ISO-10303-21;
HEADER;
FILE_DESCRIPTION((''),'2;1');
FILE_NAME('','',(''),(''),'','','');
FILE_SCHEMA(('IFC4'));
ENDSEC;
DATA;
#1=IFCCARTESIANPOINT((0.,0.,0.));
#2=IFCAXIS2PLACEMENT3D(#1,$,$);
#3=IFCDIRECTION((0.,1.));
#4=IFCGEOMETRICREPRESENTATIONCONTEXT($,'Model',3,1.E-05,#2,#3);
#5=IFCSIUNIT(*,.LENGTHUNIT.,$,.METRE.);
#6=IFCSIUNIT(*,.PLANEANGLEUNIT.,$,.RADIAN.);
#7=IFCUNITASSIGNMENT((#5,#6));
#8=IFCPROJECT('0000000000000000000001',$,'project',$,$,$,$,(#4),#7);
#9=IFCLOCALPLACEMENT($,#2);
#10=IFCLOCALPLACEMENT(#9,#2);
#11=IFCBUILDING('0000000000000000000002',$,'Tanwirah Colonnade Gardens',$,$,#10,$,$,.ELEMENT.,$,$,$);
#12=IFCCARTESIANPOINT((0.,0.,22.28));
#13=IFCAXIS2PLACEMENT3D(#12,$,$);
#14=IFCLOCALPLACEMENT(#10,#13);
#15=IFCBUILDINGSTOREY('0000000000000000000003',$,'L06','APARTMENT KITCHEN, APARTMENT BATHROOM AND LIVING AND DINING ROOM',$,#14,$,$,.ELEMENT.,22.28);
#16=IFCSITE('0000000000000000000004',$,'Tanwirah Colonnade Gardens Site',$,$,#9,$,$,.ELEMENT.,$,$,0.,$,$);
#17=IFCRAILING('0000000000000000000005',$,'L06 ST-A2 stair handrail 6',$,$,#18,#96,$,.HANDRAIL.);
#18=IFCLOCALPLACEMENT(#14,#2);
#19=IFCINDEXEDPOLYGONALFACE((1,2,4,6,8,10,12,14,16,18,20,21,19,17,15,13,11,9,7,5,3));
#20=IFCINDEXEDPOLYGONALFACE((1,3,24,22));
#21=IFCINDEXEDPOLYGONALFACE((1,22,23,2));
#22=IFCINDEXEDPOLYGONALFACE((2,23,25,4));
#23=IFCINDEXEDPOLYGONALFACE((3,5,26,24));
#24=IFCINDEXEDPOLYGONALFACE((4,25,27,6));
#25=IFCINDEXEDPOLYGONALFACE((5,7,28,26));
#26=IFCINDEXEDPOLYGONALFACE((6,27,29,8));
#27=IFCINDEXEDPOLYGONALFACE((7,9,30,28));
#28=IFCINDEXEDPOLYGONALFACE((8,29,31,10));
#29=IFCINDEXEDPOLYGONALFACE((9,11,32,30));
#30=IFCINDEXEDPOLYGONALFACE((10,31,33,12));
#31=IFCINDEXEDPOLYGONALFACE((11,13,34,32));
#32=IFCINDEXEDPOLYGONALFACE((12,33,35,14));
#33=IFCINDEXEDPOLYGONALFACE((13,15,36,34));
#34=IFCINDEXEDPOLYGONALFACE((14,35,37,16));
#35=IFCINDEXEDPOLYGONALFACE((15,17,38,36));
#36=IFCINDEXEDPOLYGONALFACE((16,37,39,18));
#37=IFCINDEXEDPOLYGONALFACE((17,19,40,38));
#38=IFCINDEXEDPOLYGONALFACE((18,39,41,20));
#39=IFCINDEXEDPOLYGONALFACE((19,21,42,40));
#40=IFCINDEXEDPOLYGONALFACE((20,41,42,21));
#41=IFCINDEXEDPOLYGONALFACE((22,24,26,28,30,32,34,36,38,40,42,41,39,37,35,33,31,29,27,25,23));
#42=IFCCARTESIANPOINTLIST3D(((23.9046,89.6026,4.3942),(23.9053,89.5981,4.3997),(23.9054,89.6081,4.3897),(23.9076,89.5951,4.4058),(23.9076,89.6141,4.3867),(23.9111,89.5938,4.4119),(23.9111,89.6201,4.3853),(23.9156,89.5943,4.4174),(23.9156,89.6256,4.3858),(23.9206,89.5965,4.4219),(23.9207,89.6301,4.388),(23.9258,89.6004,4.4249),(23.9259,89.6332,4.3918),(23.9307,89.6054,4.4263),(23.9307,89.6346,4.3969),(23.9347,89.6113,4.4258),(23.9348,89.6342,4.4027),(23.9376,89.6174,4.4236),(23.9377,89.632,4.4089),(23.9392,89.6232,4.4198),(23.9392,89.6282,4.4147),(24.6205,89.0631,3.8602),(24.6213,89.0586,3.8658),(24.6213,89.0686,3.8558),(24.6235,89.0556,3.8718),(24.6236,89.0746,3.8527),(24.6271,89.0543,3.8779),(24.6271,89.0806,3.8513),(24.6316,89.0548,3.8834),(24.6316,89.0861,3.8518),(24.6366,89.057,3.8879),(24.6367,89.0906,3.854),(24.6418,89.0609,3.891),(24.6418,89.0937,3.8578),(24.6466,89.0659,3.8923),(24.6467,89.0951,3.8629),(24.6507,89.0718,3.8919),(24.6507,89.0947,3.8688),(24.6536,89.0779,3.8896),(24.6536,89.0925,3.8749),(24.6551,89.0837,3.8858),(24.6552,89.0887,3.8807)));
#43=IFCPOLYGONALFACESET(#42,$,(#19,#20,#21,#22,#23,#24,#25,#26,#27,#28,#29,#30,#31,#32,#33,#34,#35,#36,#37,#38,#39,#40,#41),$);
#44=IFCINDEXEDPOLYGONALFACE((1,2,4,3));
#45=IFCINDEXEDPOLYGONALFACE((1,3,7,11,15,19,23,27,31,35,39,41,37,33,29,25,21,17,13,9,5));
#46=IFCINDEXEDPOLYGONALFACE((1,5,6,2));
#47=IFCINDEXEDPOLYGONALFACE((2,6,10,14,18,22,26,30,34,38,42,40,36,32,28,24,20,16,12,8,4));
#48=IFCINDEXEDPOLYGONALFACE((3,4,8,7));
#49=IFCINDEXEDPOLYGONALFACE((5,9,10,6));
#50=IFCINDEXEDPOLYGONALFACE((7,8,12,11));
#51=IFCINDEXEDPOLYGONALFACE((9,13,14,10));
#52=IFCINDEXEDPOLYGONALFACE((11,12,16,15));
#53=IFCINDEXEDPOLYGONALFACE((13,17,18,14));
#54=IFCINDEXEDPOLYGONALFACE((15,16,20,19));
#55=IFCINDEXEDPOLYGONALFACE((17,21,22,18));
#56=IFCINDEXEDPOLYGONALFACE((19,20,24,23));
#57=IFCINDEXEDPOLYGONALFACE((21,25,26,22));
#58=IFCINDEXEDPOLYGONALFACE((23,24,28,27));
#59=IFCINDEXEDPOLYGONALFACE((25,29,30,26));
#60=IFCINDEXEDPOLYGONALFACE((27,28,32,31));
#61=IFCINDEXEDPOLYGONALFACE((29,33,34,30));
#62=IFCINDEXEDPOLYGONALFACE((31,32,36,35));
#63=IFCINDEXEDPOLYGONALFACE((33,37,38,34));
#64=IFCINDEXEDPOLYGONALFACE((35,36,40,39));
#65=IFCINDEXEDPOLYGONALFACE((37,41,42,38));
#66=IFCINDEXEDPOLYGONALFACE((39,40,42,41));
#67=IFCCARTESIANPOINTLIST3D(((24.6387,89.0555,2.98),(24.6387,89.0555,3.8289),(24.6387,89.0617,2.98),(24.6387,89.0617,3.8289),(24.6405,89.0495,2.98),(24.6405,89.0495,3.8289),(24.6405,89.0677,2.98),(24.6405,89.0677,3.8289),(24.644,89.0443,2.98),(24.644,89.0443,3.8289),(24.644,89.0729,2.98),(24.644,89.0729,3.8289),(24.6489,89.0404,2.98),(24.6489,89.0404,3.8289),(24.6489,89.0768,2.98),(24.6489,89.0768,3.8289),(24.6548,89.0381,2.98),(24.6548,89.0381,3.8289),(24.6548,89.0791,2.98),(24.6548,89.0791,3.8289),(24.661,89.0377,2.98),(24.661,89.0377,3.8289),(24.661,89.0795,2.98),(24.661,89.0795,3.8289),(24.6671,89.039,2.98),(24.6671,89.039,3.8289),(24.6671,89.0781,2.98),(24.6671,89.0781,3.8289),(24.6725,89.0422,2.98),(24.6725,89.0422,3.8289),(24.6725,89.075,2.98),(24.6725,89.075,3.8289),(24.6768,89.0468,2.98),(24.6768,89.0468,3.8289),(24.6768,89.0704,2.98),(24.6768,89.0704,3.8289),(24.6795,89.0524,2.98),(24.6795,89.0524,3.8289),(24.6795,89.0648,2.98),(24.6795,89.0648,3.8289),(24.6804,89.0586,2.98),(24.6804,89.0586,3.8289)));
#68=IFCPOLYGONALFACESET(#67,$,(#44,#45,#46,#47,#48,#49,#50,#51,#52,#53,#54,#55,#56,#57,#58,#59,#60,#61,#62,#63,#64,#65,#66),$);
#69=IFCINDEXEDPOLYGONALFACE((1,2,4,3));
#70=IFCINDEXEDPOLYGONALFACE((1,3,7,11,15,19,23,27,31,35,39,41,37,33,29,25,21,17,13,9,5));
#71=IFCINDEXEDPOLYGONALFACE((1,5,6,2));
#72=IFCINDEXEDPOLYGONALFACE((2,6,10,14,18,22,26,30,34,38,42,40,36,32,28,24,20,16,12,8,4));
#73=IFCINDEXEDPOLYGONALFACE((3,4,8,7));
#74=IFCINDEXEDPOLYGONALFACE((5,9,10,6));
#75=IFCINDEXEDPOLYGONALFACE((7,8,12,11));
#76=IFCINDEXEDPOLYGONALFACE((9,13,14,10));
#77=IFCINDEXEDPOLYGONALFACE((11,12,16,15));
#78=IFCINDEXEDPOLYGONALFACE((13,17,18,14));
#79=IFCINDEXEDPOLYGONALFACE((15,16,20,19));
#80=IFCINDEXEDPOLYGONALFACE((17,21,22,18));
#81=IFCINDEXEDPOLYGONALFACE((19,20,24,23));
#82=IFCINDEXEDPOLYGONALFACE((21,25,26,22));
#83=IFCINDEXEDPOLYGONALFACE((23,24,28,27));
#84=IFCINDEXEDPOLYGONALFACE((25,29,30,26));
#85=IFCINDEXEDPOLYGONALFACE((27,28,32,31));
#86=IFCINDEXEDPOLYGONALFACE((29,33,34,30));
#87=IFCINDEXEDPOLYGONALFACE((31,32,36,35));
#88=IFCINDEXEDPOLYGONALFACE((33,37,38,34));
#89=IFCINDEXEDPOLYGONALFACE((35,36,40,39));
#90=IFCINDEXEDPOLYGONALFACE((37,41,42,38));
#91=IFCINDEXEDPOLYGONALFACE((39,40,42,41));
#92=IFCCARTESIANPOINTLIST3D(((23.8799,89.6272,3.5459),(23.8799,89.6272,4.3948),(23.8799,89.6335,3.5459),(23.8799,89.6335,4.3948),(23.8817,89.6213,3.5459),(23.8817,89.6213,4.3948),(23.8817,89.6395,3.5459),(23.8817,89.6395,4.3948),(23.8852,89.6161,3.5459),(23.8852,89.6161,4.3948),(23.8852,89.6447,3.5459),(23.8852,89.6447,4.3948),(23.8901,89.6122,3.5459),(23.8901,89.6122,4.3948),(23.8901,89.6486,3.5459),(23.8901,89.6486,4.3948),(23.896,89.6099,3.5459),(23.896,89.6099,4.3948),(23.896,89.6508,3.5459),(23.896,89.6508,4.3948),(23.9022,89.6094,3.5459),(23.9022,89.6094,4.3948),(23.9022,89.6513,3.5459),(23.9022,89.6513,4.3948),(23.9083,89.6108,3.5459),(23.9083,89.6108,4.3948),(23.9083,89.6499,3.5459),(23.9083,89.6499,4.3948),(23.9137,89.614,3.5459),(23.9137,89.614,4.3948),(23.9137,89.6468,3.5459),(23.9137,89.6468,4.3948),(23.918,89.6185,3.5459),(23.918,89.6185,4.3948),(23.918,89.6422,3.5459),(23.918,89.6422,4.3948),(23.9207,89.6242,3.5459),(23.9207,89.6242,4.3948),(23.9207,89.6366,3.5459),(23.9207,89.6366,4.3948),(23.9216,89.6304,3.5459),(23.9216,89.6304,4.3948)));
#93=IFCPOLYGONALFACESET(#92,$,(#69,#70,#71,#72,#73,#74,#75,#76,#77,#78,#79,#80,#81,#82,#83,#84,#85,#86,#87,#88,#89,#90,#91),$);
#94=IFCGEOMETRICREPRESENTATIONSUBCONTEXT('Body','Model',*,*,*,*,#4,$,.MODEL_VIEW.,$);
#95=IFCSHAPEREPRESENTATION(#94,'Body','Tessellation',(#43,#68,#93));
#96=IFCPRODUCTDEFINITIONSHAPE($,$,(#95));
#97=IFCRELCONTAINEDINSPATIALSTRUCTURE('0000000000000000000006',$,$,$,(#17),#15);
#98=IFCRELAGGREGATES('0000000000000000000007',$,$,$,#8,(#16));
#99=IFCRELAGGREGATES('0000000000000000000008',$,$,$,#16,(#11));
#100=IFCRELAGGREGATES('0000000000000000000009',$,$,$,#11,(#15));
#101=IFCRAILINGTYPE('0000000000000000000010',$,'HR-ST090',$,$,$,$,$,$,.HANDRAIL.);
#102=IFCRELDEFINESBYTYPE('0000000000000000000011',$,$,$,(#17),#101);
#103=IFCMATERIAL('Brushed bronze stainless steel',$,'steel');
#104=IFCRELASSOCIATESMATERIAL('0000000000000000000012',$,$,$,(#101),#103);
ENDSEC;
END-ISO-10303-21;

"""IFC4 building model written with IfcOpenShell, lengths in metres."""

from ifc_helpers import new_model, si_unit, direction, frame, origin, origin_2d, place, context, subcontext, project, spatial, circle, extrude, material, type_object, element, save


model = new_model("IFC4")

# Units and contexts
model_context = context("Model", 3, precision=1e-05, world=origin(), true_north=direction((0.0, 1.0)))
body_context = subcontext(model_context, "Body", "Model", "MODEL_VIEW")
ifc_project = project(units=[si_unit("LENGTHUNIT", "METRE"), si_unit("PLANEANGLEUNIT", "RADIAN")], contexts=[model_context])

# Site, building, storey
site_placement = place(None, origin())
site = spatial("IfcSite", under=ifc_project, at=site_placement, Name="Tanwirah Colonnade Gardens Site", CompositionType="ELEMENT", RefElevation=0.0)
building_placement = place(site_placement, origin())
building = spatial("IfcBuilding", under=site, at=building_placement, Name="Tanwirah Colonnade Gardens", CompositionType="ELEMENT")
storey_placement = place(building_placement, frame((0.0, 0.0, 22.28)))
storey = spatial("IfcBuildingStorey", under=building, at=storey_placement, Name="L06", Description="APARTMENT KITCHEN, APARTMENT BATHROOM AND LIVING AND DINING ROOM", CompositionType="ELEMENT", Elevation=22.28)

# Railing
ifc_material_1 = material(Name="Brushed bronze stainless steel", Category="steel")
railing_type_1 = type_object("IfcRailingType", Name="HR-ST090", PredefinedType="HANDRAIL", material=ifc_material_1)
railing_1_placement = place(storey_placement, frame((24.6594, 89.0586, 2.98)))
element("IfcRailing", 1, at=railing_1_placement, inside=storey, type_object=railing_type_1, Name="L06 ST-A2 stair handrail 6", PredefinedType="HANDRAIL", context=body_context, shape_type="SweptSolid", body=[
    extrude(circle(Radius=0.0239, at=origin_2d()), frame((-0.0215, 0.0161, 0.8918), z_axis=(-0.686145, 0.517037, 0.511739), x_axis=(-0.601807, -0.798641, 0.0)), (0.0, 0.0, 1.0), 1.0435),
    extrude(circle(Radius=0.021, at=origin_2d()), origin(), (0.0, 0.0, 1.0), 0.8489),
    extrude(circle(Radius=0.021, at=origin_2d()), frame((-0.7588, 0.5718, 0.5659)), (0.0, 0.0, 1.0), 0.8489),
])

save(model, "model.ifc")
